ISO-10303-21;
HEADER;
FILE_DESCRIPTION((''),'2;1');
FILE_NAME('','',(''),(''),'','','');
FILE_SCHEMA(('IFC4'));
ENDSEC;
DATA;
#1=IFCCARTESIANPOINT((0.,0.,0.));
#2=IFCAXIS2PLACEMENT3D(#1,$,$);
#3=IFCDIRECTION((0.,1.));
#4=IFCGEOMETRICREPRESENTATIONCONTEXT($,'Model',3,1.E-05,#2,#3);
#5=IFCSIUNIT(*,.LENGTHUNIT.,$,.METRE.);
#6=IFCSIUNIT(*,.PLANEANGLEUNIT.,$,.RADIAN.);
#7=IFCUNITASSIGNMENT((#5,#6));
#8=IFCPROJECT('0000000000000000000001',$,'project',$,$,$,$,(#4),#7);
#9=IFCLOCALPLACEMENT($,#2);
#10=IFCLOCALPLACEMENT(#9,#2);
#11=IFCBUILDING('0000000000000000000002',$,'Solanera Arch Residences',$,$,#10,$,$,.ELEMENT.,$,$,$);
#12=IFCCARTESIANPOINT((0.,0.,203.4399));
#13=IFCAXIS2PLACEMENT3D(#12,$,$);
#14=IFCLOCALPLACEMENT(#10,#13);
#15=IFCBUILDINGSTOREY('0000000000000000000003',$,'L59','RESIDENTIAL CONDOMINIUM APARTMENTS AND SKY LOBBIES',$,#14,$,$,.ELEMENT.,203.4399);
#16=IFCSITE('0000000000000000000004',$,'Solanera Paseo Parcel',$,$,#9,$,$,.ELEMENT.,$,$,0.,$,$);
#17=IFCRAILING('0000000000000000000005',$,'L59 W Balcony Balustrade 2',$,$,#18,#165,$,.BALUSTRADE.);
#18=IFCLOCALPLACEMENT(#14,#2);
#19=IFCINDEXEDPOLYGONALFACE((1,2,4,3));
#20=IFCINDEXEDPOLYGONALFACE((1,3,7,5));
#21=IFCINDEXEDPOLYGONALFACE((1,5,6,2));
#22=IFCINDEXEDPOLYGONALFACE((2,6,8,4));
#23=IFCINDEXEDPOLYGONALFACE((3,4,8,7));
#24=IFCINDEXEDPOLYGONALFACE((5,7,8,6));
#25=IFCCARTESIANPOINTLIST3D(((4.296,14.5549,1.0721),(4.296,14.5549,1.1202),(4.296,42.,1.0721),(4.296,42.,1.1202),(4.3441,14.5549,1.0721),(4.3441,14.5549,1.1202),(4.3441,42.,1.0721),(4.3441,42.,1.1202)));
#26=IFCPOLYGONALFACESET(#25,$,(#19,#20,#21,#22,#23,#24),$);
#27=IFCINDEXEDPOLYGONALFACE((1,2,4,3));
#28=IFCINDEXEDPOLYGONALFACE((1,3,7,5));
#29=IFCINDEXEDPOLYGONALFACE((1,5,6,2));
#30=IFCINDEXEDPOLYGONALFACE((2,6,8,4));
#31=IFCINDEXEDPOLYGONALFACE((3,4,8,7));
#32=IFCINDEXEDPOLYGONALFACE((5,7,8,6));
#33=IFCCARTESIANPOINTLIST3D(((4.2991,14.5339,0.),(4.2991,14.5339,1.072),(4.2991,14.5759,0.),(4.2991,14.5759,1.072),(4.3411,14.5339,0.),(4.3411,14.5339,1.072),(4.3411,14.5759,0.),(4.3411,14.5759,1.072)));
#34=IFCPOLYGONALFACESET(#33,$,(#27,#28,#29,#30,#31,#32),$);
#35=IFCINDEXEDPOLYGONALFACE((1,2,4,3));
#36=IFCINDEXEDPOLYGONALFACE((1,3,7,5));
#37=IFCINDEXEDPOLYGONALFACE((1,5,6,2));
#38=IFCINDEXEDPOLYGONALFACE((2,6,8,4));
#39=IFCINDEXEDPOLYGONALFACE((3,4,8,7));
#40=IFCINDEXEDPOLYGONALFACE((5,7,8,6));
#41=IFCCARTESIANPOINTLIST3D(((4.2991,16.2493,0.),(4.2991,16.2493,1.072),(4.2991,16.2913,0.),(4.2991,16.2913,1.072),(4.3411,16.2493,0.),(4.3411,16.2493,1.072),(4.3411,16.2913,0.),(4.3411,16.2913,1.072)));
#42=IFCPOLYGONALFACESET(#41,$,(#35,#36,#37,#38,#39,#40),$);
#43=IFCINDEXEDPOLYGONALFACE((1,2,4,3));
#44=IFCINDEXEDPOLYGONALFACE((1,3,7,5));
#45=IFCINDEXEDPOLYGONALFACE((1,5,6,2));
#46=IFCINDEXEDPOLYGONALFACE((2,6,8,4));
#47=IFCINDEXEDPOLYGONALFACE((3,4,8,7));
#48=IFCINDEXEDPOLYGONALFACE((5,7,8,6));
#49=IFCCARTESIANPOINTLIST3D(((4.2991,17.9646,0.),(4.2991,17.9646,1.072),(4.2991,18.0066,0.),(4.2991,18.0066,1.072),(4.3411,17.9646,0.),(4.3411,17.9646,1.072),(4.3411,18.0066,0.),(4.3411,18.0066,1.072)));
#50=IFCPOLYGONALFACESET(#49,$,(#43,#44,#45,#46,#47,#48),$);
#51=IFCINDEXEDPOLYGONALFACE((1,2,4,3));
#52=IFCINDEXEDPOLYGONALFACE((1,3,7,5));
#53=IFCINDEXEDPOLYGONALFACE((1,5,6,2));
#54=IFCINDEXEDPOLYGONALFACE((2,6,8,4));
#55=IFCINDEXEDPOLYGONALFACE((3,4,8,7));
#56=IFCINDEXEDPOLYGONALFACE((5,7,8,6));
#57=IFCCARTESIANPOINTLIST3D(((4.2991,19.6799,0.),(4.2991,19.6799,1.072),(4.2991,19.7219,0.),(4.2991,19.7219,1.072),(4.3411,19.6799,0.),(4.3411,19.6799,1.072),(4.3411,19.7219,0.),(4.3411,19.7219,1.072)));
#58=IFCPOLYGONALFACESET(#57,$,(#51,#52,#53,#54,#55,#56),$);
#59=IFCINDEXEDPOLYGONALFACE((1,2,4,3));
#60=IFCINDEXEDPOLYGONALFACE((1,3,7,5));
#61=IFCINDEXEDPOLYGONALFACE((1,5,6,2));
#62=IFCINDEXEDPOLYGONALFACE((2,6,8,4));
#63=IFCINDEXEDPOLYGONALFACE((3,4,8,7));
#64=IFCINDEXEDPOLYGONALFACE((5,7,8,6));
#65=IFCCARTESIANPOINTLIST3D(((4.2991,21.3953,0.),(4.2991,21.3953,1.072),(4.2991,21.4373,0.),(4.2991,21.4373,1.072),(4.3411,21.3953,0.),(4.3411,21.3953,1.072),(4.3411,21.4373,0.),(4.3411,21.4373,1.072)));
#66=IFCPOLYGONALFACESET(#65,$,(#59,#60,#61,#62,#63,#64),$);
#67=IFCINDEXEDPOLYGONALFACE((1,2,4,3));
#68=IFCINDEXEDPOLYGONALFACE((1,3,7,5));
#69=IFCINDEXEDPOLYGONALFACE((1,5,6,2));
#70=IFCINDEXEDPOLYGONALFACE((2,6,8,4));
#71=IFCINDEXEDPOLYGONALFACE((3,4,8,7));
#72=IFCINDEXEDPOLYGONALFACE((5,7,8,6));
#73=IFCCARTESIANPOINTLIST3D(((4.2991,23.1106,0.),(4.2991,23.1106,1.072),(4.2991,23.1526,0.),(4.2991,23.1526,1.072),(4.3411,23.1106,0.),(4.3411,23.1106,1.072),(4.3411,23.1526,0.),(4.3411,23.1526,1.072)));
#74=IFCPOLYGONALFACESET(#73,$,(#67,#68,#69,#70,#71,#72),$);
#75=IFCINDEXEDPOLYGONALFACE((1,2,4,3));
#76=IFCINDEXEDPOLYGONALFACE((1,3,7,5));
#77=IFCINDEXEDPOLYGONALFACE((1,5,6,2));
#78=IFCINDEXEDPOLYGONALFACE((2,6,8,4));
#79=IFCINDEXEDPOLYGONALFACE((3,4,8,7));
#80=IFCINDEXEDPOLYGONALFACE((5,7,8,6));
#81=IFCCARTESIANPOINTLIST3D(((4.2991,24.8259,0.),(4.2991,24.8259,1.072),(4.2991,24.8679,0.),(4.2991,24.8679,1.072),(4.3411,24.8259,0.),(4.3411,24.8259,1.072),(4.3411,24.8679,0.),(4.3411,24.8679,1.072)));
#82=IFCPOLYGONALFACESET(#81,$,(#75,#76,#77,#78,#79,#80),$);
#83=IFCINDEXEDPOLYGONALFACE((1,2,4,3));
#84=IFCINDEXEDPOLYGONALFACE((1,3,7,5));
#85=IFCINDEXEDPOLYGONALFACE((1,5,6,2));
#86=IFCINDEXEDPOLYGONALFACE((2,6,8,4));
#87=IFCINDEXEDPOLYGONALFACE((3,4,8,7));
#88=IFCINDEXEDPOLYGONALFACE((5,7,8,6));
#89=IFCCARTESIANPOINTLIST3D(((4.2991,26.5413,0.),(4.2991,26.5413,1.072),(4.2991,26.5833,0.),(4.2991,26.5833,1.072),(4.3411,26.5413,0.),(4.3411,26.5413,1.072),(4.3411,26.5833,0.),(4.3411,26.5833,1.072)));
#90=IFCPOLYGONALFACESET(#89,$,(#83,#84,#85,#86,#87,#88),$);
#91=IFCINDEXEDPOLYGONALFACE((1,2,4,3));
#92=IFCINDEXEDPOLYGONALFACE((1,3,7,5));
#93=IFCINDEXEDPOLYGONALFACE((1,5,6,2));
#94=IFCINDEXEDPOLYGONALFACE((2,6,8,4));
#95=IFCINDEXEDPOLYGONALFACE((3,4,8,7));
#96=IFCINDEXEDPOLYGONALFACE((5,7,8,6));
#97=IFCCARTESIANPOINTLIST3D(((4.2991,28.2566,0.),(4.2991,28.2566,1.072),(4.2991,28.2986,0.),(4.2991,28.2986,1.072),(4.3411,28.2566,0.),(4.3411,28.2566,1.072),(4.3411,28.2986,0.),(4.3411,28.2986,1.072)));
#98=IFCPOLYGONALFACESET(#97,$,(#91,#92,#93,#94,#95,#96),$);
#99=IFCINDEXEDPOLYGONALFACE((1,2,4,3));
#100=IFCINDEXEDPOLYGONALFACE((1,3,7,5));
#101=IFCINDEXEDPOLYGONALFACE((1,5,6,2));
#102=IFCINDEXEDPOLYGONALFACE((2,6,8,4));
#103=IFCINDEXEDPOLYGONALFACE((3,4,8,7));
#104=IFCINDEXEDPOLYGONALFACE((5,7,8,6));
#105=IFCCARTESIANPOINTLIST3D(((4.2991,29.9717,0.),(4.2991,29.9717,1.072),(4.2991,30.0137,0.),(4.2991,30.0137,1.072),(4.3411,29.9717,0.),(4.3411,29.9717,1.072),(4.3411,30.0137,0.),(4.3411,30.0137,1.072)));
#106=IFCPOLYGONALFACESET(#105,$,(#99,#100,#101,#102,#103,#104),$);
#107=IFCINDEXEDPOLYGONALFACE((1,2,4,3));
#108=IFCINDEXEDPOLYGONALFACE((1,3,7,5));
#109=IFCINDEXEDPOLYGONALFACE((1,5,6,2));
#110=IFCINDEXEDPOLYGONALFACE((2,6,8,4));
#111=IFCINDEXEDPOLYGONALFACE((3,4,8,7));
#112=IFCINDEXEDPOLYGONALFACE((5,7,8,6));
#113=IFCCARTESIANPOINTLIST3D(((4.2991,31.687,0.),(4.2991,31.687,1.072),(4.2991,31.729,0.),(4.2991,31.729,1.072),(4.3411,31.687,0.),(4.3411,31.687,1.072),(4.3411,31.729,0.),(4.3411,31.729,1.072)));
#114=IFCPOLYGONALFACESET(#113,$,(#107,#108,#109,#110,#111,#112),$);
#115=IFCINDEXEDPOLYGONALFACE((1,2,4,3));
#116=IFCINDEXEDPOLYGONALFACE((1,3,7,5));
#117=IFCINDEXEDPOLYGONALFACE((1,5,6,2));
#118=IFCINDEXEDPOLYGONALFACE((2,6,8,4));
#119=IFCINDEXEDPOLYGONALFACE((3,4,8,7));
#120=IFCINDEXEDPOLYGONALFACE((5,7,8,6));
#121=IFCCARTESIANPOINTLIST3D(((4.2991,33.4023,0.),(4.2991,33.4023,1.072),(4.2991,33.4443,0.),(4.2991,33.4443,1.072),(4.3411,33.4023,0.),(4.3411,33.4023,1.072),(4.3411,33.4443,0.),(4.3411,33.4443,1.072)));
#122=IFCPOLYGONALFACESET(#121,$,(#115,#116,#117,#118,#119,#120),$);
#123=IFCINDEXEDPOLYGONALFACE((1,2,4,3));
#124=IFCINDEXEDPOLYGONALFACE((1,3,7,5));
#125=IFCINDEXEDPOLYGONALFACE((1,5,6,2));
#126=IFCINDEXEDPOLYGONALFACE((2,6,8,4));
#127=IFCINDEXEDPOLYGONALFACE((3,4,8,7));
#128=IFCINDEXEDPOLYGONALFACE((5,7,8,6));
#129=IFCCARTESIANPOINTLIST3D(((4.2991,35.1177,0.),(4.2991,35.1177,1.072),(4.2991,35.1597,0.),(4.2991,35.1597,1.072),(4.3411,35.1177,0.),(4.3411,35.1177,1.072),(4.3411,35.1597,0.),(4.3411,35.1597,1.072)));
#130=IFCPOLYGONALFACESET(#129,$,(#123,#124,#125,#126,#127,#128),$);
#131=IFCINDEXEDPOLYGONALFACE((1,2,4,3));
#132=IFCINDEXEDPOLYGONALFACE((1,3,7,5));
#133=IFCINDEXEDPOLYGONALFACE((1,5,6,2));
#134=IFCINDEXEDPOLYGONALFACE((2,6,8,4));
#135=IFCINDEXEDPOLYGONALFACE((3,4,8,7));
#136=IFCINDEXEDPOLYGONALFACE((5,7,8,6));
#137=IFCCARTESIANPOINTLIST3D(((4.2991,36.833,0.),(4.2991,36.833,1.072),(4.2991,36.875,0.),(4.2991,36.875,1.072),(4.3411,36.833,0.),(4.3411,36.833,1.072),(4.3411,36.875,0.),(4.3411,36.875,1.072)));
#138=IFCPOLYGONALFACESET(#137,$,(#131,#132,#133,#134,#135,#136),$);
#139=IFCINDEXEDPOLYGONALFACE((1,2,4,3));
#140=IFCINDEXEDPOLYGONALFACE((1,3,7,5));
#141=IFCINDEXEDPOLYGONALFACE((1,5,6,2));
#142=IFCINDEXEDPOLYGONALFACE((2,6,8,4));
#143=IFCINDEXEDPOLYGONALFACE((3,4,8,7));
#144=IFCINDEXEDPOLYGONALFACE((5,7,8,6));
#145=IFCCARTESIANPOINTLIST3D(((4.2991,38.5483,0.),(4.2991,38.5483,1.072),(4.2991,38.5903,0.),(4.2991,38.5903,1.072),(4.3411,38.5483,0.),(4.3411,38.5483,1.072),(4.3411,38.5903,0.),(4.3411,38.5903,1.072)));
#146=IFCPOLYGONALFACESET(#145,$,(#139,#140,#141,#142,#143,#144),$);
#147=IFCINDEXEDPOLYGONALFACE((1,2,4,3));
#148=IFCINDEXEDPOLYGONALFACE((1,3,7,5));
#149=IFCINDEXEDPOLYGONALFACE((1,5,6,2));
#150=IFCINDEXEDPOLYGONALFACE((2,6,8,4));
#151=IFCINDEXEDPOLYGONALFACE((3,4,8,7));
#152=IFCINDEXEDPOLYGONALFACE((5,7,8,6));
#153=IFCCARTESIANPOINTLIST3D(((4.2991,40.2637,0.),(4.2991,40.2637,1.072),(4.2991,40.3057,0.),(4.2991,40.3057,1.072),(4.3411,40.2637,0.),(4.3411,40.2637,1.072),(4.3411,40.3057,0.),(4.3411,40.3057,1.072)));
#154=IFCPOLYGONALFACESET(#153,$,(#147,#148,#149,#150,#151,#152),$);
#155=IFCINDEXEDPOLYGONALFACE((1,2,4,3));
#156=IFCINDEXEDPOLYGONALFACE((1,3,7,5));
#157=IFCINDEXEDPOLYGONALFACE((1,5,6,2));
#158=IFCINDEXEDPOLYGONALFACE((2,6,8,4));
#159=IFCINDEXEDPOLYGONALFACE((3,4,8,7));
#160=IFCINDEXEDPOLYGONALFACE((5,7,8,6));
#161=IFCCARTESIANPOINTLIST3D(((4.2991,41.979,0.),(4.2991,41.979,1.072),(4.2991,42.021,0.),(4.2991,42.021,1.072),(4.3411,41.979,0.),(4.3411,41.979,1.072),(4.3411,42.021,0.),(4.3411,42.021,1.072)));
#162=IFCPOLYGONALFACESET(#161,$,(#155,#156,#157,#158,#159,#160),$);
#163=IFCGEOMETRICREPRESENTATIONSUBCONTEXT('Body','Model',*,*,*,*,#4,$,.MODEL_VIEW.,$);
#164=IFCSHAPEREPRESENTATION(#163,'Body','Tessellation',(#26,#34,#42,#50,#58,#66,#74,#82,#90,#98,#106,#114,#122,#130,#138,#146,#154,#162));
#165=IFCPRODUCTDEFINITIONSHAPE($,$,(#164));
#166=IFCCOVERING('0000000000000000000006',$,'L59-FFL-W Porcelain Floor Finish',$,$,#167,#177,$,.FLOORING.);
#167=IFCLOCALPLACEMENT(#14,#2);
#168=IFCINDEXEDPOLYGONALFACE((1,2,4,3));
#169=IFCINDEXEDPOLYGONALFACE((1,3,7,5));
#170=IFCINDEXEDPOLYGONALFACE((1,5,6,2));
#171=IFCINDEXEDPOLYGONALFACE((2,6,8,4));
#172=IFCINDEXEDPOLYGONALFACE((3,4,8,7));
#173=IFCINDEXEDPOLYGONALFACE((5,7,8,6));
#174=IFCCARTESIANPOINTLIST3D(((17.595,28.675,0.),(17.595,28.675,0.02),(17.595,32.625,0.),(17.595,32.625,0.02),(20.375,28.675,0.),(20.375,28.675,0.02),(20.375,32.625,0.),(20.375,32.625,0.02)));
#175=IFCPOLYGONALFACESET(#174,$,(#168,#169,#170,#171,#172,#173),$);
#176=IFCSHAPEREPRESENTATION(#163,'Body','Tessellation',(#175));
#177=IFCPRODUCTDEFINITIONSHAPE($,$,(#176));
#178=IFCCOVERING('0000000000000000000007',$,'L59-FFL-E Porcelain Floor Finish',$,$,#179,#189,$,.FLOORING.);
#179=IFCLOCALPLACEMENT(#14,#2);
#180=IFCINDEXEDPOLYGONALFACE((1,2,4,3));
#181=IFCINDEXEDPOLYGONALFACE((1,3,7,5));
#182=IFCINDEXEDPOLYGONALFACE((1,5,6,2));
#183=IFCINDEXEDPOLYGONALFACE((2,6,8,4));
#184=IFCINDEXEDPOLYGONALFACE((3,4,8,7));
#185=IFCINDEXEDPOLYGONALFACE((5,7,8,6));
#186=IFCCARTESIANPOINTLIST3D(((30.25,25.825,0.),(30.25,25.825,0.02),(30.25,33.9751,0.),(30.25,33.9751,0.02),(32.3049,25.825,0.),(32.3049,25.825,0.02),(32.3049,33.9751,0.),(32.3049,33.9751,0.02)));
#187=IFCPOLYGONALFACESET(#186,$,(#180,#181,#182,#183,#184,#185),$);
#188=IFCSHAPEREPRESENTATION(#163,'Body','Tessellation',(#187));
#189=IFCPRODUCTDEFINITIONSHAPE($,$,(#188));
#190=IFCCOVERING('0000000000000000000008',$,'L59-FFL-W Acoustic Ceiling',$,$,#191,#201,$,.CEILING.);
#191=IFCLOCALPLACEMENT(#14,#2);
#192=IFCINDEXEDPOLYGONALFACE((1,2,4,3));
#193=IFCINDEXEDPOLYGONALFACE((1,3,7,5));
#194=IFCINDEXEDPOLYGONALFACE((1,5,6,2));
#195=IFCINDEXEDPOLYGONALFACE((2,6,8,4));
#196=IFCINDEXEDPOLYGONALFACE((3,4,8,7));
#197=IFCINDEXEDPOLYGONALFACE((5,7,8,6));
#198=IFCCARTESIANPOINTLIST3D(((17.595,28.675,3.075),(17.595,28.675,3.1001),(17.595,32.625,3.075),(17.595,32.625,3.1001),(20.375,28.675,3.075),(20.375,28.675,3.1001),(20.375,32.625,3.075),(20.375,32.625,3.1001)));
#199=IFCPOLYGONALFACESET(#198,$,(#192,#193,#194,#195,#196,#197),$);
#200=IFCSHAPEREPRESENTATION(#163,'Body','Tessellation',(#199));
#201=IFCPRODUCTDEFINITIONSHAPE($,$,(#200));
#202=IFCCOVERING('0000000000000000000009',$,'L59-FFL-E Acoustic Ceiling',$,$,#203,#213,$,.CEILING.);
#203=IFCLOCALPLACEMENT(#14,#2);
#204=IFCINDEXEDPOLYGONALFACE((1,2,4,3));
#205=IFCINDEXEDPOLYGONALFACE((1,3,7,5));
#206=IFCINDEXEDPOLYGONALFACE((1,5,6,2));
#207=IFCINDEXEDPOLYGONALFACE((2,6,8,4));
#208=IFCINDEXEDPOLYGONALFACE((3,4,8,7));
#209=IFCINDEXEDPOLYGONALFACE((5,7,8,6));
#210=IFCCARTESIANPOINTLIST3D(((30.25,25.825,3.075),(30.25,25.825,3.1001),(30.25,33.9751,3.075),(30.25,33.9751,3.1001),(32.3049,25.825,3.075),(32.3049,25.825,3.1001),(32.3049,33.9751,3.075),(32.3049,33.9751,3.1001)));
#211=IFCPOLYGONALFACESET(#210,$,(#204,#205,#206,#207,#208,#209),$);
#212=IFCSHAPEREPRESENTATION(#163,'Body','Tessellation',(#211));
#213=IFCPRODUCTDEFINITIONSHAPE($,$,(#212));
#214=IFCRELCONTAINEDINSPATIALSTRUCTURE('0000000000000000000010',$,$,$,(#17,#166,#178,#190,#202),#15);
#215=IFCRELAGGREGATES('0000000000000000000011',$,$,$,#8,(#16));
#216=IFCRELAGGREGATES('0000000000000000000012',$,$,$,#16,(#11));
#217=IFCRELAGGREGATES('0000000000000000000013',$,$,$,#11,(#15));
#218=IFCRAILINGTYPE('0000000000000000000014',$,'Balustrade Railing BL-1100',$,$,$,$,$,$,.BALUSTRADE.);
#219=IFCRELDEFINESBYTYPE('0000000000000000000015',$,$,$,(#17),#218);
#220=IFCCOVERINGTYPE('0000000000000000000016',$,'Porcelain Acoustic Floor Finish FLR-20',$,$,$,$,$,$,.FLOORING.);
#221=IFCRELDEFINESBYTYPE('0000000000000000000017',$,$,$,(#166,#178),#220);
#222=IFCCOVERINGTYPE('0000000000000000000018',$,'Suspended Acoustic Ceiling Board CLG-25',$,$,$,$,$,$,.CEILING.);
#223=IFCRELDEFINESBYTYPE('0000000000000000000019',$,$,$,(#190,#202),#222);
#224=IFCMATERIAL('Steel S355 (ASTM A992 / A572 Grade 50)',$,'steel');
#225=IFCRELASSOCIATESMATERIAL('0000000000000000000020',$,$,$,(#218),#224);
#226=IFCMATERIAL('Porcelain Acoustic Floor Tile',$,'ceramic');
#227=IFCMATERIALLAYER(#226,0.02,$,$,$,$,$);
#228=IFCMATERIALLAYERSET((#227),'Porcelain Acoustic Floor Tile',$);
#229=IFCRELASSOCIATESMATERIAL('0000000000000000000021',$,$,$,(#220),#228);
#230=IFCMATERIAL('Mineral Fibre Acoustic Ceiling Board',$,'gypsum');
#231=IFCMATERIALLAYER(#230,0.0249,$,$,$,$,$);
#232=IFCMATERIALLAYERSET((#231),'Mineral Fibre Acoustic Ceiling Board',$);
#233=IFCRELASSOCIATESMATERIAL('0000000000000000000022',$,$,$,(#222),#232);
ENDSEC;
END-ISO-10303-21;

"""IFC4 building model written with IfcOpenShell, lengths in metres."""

from ifc_helpers import new_model, si_unit, direction, frame, origin, origin_2d, place, context, subcontext, project, spatial, polyline, rectangle, outline, extrude, material, layer, layer_set, type_object, element, save


model = new_model("IFC4")

# Units and contexts
model_context = context("Model", 3, precision=1e-05, world=origin(), true_north=direction((0.0, 1.0)))
body_context = subcontext(model_context, "Body", "Model", "MODEL_VIEW")
ifc_project = project(units=[si_unit("LENGTHUNIT", "METRE"), si_unit("PLANEANGLEUNIT", "RADIAN")], contexts=[model_context])

# Site, building, storey
site_placement = place(None, origin())
site = spatial("IfcSite", under=ifc_project, at=site_placement, Name="Solanera Paseo Parcel", CompositionType="ELEMENT", RefElevation=0.0)
building_placement = place(site_placement, origin())
building = spatial("IfcBuilding", under=site, at=building_placement, Name="Solanera Arch Residences", CompositionType="ELEMENT")
storey_placement = place(building_placement, frame((0.0, 0.0, 203.4399)))
storey = spatial("IfcBuildingStorey", under=building, at=storey_placement, Name="L59", Description="RESIDENTIAL CONDOMINIUM APARTMENTS AND SKY LOBBIES", CompositionType="ELEMENT", Elevation=203.4399)

# Railing
ifc_material_1 = material(Name="Steel S355 (ASTM A992 / A572 Grade 50)", Category="steel")
railing_type = type_object("IfcRailingType", Name="Balustrade Railing BL-1100", PredefinedType="BALUSTRADE", material=ifc_material_1)
railing_placement = place(storey_placement, frame((4.3201, 14.5549, 0.0)))
element("IfcRailing", 1, at=railing_placement, inside=storey, type_object=railing_type, Name="L59 W Balcony Balustrade 2", PredefinedType="BALUSTRADE", context=body_context, shape_type="SweptSolid", body=[
    extrude(rectangle(XDim=0.0481, YDim=0.0481, at=origin_2d()), frame((0.0, 0.0, 1.0962), z_axis=(0.0, 1.0, 0.0), x_axis=(-1.0, 0.0, 0.0)), (0.0, 0.0, 1.0), 27.4451),
    extrude(rectangle(XDim=0.042, YDim=0.042, at=origin_2d()), origin(), (0.0, 0.0, 1.0), 1.072),
    extrude(rectangle(XDim=0.042, YDim=0.042, at=origin_2d()), frame((0.0, 1.7153, 0.0)), (0.0, 0.0, 1.0), 1.072),
    extrude(rectangle(XDim=0.042, YDim=0.042, at=origin_2d()), frame((0.0, 3.4307, 0.0)), (0.0, 0.0, 1.0), 1.072),
    extrude(rectangle(XDim=0.042, YDim=0.042, at=origin_2d()), frame((0.0, 5.146, 0.0)), (0.0, 0.0, 1.0), 1.072),
    extrude(rectangle(XDim=0.042, YDim=0.042, at=origin_2d()), frame((0.0, 6.8613, 0.0)), (0.0, 0.0, 1.0), 1.072),
    extrude(rectangle(XDim=0.042, YDim=0.042, at=origin_2d()), frame((0.0, 8.5767, 0.0)), (0.0, 0.0, 1.0), 1.072),
    extrude(rectangle(XDim=0.042, YDim=0.042, at=origin_2d()), frame((0.0, 10.292, 0.0)), (0.0, 0.0, 1.0), 1.072),
    extrude(rectangle(XDim=0.042, YDim=0.042, at=origin_2d()), frame((0.0, 12.0073, 0.0)), (0.0, 0.0, 1.0), 1.072),
    extrude(rectangle(XDim=0.042, YDim=0.042, at=origin_2d()), frame((0.0, 13.7227, 0.0)), (0.0, 0.0, 1.0), 1.072),
    extrude(rectangle(XDim=0.042, YDim=0.042, at=origin_2d()), frame((0.0, 15.4377, 0.0)), (0.0, 0.0, 1.0), 1.072),
    extrude(rectangle(XDim=0.042, YDim=0.042, at=origin_2d()), frame((0.0, 17.1531, 0.0)), (0.0, 0.0, 1.0), 1.072),
    extrude(rectangle(XDim=0.042, YDim=0.042, at=origin_2d()), frame((0.0, 18.8684, 0.0)), (0.0, 0.0, 1.0), 1.072),
    extrude(rectangle(XDim=0.042, YDim=0.042, at=origin_2d()), frame((0.0, 20.5837, 0.0)), (0.0, 0.0, 1.0), 1.072),
    extrude(rectangle(XDim=0.042, YDim=0.042, at=origin_2d()), frame((0.0, 22.2991, 0.0)), (0.0, 0.0, 1.0), 1.072),
    extrude(rectangle(XDim=0.042, YDim=0.042, at=origin_2d()), frame((0.0, 24.0144, 0.0)), (0.0, 0.0, 1.0), 1.072),
    extrude(rectangle(XDim=0.042, YDim=0.042, at=origin_2d()), frame((0.0, 25.7297, 0.0)), (0.0, 0.0, 1.0), 1.072),
    extrude(rectangle(XDim=0.042, YDim=0.042, at=origin_2d()), frame((0.0, 27.4451, 0.0)), (0.0, 0.0, 1.0), 1.072),
])

# Coverings
ifc_material_2 = material(Name="Porcelain Acoustic Floor Tile", Category="ceramic")
ifc_layer_1 = layer(ifc_material_2, 0.02)
ifc_layer_set_1 = layer_set([ifc_layer_1], Name="Porcelain Acoustic Floor Tile")
covering_type_1 = type_object("IfcCoveringType", Name="Porcelain Acoustic Floor Finish FLR-20", PredefinedType="FLOORING", material=ifc_layer_set_1)
covering_1_placement = place(storey_placement, origin())
element("IfcCovering", 2, at=covering_1_placement, inside=storey, type_object=covering_type_1, Name="L59-FFL-W Porcelain Floor Finish", PredefinedType="FLOORING", context=body_context, shape_type="SweptSolid", body=[
    extrude(outline(polyline([(20.375, 28.675), (17.595, 28.675), (17.595, 32.625), (20.375, 32.625), (20.375, 28.675)])), origin(), (0.0, 0.0, 1.0), 0.02),
])
covering_2_placement = place(storey_placement, origin())
element("IfcCovering", 3, at=covering_2_placement, inside=storey, type_object=covering_type_1, Name="L59-FFL-E Porcelain Floor Finish", PredefinedType="FLOORING", context=body_context, shape_type="SweptSolid", body=[
    extrude(outline(polyline([(32.3049, 25.825), (30.25, 25.825), (30.25, 33.9751), (32.3049, 33.9751), (32.3049, 25.825)])), origin(), (0.0, 0.0, 1.0), 0.02),
])
ifc_material_3 = material(Name="Mineral Fibre Acoustic Ceiling Board", Category="gypsum")
ifc_layer_2 = layer(ifc_material_3, 0.0249)
ifc_layer_set_2 = layer_set([ifc_layer_2], Name="Mineral Fibre Acoustic Ceiling Board")
covering_type_2 = type_object("IfcCoveringType", Name="Suspended Acoustic Ceiling Board CLG-25", PredefinedType="CEILING", material=ifc_layer_set_2)
covering_3_placement = place(storey_placement, frame((0.0, 0.0, 3.075)))
element("IfcCovering", 4, at=covering_3_placement, inside=storey, type_object=covering_type_2, Name="L59-FFL-W Acoustic Ceiling", PredefinedType="CEILING", context=body_context, shape_type="SweptSolid", body=[
    extrude(outline(polyline([(20.375, 28.675), (17.595, 28.675), (17.595, 32.625), (20.375, 32.625), (20.375, 28.675)])), origin(), (0.0, 0.0, 1.0), 0.0251),
])
covering_4_placement = place(storey_placement, frame((0.0, 0.0, 3.075)))
element("IfcCovering", 5, at=covering_4_placement, inside=storey, type_object=covering_type_2, Name="L59-FFL-E Acoustic Ceiling", PredefinedType="CEILING", context=body_context, shape_type="SweptSolid", body=[
    extrude(outline(polyline([(32.3049, 25.825), (30.25, 25.825), (30.25, 33.9751), (32.3049, 33.9751), (32.3049, 25.825)])), origin(), (0.0, 0.0, 1.0), 0.0251),
])

save(model, "model.ifc")
